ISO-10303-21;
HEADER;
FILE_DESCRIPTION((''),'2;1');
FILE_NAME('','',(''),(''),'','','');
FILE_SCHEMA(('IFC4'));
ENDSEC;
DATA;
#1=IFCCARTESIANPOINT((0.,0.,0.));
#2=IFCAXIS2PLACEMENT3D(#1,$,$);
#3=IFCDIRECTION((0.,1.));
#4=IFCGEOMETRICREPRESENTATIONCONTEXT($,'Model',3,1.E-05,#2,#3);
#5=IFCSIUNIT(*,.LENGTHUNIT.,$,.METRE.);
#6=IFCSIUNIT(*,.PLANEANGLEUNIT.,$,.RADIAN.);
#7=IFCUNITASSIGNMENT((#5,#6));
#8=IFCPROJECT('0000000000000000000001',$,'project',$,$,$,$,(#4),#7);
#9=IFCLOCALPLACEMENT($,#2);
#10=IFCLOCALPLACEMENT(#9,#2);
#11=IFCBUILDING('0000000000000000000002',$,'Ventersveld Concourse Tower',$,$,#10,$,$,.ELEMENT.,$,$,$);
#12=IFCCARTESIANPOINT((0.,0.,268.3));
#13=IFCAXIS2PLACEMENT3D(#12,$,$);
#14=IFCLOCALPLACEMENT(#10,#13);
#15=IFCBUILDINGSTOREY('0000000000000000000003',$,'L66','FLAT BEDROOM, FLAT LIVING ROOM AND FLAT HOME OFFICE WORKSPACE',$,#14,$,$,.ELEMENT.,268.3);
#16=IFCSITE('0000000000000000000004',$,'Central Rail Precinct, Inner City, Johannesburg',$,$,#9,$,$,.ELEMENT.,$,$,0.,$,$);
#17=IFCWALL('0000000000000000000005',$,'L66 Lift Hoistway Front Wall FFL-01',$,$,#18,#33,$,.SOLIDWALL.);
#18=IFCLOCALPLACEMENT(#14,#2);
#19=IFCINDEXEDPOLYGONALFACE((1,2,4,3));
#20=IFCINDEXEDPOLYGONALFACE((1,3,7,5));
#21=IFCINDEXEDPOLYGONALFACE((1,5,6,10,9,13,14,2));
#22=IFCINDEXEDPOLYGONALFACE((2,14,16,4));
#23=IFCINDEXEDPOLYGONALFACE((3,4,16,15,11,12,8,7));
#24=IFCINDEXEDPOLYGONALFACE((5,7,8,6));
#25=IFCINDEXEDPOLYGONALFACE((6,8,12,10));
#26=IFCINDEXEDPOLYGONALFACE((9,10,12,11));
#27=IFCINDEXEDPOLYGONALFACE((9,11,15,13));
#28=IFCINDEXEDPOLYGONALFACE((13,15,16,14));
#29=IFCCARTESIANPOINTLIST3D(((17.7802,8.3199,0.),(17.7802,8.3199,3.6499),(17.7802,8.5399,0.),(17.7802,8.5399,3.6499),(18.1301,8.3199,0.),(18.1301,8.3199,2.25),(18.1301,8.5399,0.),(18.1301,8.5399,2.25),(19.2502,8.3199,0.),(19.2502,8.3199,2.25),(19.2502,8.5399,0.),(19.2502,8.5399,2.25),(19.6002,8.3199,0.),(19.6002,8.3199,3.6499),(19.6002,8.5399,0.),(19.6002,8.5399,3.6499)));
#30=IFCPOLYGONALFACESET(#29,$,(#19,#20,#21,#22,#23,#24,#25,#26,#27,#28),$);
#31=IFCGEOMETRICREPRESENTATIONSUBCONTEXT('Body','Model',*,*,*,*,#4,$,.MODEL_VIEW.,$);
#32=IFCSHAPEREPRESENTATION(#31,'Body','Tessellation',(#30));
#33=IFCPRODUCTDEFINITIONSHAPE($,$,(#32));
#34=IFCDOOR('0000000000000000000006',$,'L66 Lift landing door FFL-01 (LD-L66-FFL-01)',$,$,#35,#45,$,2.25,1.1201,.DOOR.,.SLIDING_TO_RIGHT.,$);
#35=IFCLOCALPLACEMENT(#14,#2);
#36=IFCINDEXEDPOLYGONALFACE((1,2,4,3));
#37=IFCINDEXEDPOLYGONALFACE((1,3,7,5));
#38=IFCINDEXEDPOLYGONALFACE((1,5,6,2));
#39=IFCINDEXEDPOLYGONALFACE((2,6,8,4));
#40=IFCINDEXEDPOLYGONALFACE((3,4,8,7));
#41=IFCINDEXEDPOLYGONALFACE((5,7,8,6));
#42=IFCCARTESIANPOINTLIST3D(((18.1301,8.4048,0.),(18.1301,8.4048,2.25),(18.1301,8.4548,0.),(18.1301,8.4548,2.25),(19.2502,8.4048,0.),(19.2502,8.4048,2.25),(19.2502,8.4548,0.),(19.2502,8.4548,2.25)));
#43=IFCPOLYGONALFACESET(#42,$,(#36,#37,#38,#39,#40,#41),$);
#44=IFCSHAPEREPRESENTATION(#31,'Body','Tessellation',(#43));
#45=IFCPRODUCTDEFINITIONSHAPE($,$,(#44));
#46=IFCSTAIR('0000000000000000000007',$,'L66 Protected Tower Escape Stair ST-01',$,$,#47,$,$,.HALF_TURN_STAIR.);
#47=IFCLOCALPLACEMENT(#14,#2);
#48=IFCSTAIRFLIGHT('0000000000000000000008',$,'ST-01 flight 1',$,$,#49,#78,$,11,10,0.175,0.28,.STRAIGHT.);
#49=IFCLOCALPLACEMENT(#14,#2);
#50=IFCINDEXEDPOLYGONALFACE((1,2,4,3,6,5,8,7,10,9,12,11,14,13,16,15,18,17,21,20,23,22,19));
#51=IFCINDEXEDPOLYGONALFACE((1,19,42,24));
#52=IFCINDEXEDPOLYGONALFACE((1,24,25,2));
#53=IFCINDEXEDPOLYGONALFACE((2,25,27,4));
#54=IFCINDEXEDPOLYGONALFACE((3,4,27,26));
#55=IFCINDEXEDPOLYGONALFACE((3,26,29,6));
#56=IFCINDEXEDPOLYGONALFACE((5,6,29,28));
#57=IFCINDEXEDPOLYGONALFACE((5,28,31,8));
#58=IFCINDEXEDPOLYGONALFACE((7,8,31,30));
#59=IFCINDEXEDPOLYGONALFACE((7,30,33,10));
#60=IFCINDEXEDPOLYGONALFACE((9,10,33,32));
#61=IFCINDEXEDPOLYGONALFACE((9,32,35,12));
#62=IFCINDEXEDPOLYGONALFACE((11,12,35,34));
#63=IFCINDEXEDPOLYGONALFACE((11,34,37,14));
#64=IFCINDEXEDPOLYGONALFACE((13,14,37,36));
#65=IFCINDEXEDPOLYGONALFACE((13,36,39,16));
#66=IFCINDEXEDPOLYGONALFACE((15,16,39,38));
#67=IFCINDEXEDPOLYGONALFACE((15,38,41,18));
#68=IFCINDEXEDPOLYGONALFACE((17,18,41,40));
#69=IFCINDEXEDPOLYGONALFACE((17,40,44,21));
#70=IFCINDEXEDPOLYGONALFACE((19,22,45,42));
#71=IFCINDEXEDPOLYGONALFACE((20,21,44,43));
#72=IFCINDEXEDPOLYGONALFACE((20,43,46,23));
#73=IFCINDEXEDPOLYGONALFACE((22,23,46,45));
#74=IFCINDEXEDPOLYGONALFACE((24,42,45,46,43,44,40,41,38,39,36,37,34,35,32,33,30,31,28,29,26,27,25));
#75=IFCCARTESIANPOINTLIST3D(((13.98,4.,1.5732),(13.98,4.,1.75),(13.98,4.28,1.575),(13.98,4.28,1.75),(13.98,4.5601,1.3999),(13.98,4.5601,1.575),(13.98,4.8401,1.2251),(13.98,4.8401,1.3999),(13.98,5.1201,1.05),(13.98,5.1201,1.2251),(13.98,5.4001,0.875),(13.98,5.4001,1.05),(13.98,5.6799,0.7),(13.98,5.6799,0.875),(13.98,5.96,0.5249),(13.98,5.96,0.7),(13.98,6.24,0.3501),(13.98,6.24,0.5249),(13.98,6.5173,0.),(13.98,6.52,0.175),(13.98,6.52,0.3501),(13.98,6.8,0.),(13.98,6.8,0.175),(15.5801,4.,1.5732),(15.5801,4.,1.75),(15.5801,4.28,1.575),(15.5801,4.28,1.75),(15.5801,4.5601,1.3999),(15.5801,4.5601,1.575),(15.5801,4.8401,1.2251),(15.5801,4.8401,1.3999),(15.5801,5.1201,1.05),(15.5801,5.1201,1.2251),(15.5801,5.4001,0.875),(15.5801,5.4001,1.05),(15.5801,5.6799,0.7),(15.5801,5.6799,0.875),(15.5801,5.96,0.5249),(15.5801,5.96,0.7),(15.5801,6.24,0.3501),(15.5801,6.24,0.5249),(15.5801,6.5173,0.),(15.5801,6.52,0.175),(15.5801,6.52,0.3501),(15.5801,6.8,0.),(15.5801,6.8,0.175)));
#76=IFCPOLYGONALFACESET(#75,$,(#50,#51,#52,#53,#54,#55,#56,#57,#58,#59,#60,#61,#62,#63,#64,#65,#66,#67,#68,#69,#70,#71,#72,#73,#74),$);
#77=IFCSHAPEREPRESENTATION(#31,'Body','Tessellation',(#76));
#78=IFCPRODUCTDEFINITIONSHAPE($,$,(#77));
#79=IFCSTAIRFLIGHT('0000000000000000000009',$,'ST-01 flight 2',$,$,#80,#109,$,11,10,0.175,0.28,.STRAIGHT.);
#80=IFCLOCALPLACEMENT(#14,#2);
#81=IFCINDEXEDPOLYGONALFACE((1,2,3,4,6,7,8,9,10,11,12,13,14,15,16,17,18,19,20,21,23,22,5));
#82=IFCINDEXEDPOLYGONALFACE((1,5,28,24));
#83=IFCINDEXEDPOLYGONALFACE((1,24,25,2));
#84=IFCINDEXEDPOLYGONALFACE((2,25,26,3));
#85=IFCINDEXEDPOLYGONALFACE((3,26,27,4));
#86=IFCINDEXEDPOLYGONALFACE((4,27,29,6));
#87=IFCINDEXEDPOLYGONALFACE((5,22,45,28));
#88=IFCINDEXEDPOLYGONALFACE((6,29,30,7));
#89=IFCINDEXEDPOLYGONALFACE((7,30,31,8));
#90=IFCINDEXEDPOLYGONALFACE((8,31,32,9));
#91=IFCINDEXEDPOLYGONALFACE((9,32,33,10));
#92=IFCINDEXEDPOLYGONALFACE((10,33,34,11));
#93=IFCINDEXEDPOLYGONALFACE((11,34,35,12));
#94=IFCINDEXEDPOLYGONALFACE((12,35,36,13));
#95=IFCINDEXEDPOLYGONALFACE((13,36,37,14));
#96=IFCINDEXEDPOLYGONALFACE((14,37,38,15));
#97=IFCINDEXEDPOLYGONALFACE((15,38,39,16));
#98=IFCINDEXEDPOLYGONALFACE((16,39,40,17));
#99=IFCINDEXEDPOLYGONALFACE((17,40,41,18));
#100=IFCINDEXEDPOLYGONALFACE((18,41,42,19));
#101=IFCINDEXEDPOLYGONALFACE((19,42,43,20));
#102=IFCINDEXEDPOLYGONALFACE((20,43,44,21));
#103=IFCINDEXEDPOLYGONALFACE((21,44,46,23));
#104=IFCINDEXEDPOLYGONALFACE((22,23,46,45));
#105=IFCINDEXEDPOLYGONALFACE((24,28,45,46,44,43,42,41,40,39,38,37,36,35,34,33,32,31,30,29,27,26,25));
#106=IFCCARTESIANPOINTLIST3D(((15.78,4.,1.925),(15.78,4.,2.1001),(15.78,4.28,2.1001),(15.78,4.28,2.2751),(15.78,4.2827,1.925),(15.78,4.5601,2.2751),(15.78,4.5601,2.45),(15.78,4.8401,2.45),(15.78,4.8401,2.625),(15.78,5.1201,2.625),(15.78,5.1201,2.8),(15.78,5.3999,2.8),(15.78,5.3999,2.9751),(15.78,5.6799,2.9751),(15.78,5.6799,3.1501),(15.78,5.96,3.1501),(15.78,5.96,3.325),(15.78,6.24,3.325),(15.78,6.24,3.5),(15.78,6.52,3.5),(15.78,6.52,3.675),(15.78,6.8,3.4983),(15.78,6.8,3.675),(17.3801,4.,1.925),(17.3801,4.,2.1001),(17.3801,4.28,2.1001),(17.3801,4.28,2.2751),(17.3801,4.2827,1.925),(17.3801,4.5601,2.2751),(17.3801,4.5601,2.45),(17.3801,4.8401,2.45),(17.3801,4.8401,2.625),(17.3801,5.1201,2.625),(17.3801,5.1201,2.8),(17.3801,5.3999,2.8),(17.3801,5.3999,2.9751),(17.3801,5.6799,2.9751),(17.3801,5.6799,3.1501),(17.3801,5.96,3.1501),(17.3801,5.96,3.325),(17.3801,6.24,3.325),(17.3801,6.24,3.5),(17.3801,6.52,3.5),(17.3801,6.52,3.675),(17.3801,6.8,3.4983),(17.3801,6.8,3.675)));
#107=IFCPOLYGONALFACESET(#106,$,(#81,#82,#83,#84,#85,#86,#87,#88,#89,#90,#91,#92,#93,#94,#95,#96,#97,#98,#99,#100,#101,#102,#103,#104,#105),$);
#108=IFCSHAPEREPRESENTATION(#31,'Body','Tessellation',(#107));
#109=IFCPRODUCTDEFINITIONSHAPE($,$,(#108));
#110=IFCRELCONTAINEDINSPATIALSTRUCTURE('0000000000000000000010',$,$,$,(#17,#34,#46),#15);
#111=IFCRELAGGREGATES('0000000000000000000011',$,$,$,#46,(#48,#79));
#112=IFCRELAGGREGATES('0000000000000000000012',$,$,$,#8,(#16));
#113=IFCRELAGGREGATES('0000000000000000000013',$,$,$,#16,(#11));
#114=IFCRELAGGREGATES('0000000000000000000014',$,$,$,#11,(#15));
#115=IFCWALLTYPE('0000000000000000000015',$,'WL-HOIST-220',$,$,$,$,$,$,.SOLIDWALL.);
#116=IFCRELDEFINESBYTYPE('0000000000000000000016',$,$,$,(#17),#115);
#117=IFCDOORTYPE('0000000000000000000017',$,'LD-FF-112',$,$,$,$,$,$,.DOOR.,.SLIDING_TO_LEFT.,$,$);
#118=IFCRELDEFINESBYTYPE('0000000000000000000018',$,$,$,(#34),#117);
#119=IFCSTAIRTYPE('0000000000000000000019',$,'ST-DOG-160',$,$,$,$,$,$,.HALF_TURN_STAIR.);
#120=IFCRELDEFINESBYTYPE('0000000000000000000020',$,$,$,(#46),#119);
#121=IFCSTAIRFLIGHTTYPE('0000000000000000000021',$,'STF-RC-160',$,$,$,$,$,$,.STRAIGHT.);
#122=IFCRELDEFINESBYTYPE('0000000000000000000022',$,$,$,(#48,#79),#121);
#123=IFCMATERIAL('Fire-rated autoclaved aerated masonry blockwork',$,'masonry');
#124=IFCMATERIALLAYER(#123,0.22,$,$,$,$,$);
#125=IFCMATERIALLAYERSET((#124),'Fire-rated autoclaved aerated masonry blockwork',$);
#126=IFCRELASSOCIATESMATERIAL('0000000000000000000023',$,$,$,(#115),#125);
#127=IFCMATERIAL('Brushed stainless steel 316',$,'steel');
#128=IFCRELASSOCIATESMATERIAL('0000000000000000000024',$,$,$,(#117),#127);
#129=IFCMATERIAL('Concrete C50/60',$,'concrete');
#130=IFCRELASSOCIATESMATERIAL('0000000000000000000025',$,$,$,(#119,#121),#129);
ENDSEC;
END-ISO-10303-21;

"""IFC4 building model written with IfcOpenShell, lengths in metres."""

from ifc_helpers import new_model, si_unit, direction, frame, frame_2d, origin, place, context, subcontext, project, spatial, polyline, rectangle, outline, extrude, material, layer, layer_set, type_object, element, fill, aggregate, save


model = new_model("IFC4")

# Units and contexts
model_context = context("Model", 3, precision=1e-05, world=origin(), true_north=direction((0.0, 1.0)))
body_context = subcontext(model_context, "Body", "Model", "MODEL_VIEW")
ifc_project = project(units=[si_unit("LENGTHUNIT", "METRE"), si_unit("PLANEANGLEUNIT", "RADIAN")], contexts=[model_context])

# Site, building, storey
site_placement = place(None, origin())
site = spatial("IfcSite", under=ifc_project, at=site_placement, Name="Central Rail Precinct, Inner City, Johannesburg", CompositionType="ELEMENT", RefElevation=0.0)
building_placement = place(site_placement, origin())
building = spatial("IfcBuilding", under=site, at=building_placement, Name="Ventersveld Concourse Tower", CompositionType="ELEMENT")
storey_placement = place(building_placement, frame((0.0, 0.0, 268.3)))
storey = spatial("IfcBuildingStorey", under=building, at=storey_placement, Name="L66", Description="FLAT BEDROOM, FLAT LIVING ROOM AND FLAT HOME OFFICE WORKSPACE", CompositionType="ELEMENT", Elevation=268.3)

# Shared definitions
ifc_material_1 = material(Name="Concrete C50/60", Category="concrete")

# Shared definitions
ifc_material_2 = material(Name="Fire-rated autoclaved aerated masonry blockwork", Category="masonry")
ifc_layer_1 = layer(ifc_material_2, 0.22)
ifc_layer_set_1 = layer_set([ifc_layer_1], Name="Fire-rated autoclaved aerated masonry blockwork")
wall_type_1 = type_object("IfcWallType", Name="WL-HOIST-220", PredefinedType="SOLIDWALL", material=ifc_layer_set_1)

# Wall, opening, door
wall_1_placement = place(storey_placement, frame((17.78, 8.4299, 0.0), z_axis=(0.0, 0.0, 1.0), x_axis=(1.0, 0.0, 0.0)))
wall_1 = element("IfcWall", 1, at=wall_1_placement, inside=storey, type_object=wall_type_1, Name="L66 Lift Hoistway Front Wall FFL-01", PredefinedType="SOLIDWALL", context=body_context, shape_type="SweptSolid", body=[
    extrude(rectangle(XDim=1.8201, YDim=0.22, at=frame_2d((0.9102, 0.0))), origin(), (0.0, 0.0, 1.0), 3.6499),
])
opening_placement = place(wall_1_placement, frame((0.3501, 0.0, 0.0)))
opening = element("IfcOpeningElement", 2, at=opening_placement, cuts=wall_1, PredefinedType="OPENING", context=body_context, shape_type="SweptSolid", body=[
    extrude(rectangle(XDim=1.1201, YDim=2.25, at=frame_2d((0.5601, 1.125))), frame((0.0, 0.1201, 0.0), z_axis=(0.0, -1.0, 0.0), x_axis=(1.0, 0.0, 0.0)), (0.0, 0.0, 1.0), 0.24),
])
ifc_material_3 = material(Name="Brushed stainless steel 316", Category="steel")
door_type = type_object("IfcDoorType", Name="LD-FF-112", OperationType="SLIDING_TO_LEFT", PredefinedType="DOOR", material=ifc_material_3)
door_placement = place(opening_placement, origin())
door = element("IfcDoor", 3, at=door_placement, inside=storey, type_object=door_type, Name="L66 Lift landing door FFL-01 (LD-L66-FFL-01)", OperationType="SLIDING_TO_RIGHT", OverallHeight=2.25, OverallWidth=1.1201, PredefinedType="DOOR", context=body_context, shape_type="SweptSolid", body=[
    extrude(rectangle(XDim=1.1201, YDim=2.25, at=frame_2d((0.5601, 1.125))), frame((0.0, 0.0249, 0.0), z_axis=(0.0, -1.0, 0.0), x_axis=(1.0, 0.0, 0.0)), (0.0, 0.0, 1.0), 0.05),
])
fill(opening, door)

# Stair, stair flights
stair_type = type_object("IfcStairType", Name="ST-DOG-160", PredefinedType="HALF_TURN_STAIR", material=ifc_material_1)
stair_placement = place(storey_placement, origin())
stair = element("IfcStair", 4, at=stair_placement, inside=storey, type_object=stair_type, Name="L66 Protected Tower Escape Stair ST-01", PredefinedType="HALF_TURN_STAIR")
stair_flight_type = type_object("IfcStairFlightType", Name="STF-RC-160", PredefinedType="STRAIGHT", material=ifc_material_1)
stair_flight_1_placement = place(storey_placement, frame((14.78, 6.8, 0.0), z_axis=(0.0, 0.0, 1.0), x_axis=(0.0, -1.0, 0.0)))
stair_flight_1 = element("IfcStairFlight", 5, at=stair_flight_1_placement, type_object=stair_flight_type, Name="ST-01 flight 1", NumberOfRisers=11, NumberOfTreads=10, PredefinedType="STRAIGHT", RiserHeight=0.175, TreadLength=0.28, context=body_context, shape_type="SweptSolid", body=[
    extrude(outline(polyline([(0.0, 0.0), (0.0, 0.175), (0.28, 0.175), (0.28, 0.3501), (0.5601, 0.3501), (0.5601, 0.5249), (0.8401, 0.5249), (0.8401, 0.7), (1.1201, 0.7), (1.1201, 0.875), (1.3999, 0.875), (1.3999, 1.05), (1.6799, 1.05), (1.6799, 1.2251), (1.96, 1.2251), (1.96, 1.3999), (2.24, 1.3999), (2.24, 1.575), (2.52, 1.575), (2.52, 1.75), (2.8, 1.75), (2.8, 1.925), (2.8, 1.5732), (0.2827, 0.0), (0.0, 0.0)])), frame((0.0, 0.8, 0.0), z_axis=(0.0, -1.0, 0.0), x_axis=(1.0, 0.0, 0.0)), (0.0, 0.0, 1.0), 1.6001),
])
stair_flight_2_placement = place(storey_placement, frame((16.5801, 4.0, 1.925), z_axis=(0.0, 0.0, 1.0), x_axis=(0.0, 1.0, 0.0)))
stair_flight_2 = element("IfcStairFlight", 6, at=stair_flight_2_placement, type_object=stair_flight_type, Name="ST-01 flight 2", NumberOfRisers=11, NumberOfTreads=10, PredefinedType="STRAIGHT", RiserHeight=0.175, TreadLength=0.28, context=body_context, shape_type="SweptSolid", body=[
    extrude(outline(polyline([(0.0, 0.0), (0.0, 0.175), (0.28, 0.175), (0.28, 0.3501), (0.5601, 0.3501), (0.5601, 0.5249), (0.8401, 0.5249), (0.8401, 0.7), (1.1201, 0.7), (1.1201, 0.875), (1.3999, 0.875), (1.3999, 1.05), (1.6799, 1.05), (1.6799, 1.2251), (1.96, 1.2251), (1.96, 1.3999), (2.24, 1.3999), (2.24, 1.575), (2.52, 1.575), (2.52, 1.75), (2.8, 1.75), (2.8, 1.925), (2.8, 1.5732), (0.2827, 0.0), (0.0, 0.0)])), frame((0.0, 0.8, 0.0), z_axis=(0.0, -1.0, 0.0), x_axis=(1.0, 0.0, 0.0)), (0.0, 0.0, 1.0), 1.6001),
])
aggregate(stair, [stair_flight_1, stair_flight_2])

save(model, "model.ifc")
